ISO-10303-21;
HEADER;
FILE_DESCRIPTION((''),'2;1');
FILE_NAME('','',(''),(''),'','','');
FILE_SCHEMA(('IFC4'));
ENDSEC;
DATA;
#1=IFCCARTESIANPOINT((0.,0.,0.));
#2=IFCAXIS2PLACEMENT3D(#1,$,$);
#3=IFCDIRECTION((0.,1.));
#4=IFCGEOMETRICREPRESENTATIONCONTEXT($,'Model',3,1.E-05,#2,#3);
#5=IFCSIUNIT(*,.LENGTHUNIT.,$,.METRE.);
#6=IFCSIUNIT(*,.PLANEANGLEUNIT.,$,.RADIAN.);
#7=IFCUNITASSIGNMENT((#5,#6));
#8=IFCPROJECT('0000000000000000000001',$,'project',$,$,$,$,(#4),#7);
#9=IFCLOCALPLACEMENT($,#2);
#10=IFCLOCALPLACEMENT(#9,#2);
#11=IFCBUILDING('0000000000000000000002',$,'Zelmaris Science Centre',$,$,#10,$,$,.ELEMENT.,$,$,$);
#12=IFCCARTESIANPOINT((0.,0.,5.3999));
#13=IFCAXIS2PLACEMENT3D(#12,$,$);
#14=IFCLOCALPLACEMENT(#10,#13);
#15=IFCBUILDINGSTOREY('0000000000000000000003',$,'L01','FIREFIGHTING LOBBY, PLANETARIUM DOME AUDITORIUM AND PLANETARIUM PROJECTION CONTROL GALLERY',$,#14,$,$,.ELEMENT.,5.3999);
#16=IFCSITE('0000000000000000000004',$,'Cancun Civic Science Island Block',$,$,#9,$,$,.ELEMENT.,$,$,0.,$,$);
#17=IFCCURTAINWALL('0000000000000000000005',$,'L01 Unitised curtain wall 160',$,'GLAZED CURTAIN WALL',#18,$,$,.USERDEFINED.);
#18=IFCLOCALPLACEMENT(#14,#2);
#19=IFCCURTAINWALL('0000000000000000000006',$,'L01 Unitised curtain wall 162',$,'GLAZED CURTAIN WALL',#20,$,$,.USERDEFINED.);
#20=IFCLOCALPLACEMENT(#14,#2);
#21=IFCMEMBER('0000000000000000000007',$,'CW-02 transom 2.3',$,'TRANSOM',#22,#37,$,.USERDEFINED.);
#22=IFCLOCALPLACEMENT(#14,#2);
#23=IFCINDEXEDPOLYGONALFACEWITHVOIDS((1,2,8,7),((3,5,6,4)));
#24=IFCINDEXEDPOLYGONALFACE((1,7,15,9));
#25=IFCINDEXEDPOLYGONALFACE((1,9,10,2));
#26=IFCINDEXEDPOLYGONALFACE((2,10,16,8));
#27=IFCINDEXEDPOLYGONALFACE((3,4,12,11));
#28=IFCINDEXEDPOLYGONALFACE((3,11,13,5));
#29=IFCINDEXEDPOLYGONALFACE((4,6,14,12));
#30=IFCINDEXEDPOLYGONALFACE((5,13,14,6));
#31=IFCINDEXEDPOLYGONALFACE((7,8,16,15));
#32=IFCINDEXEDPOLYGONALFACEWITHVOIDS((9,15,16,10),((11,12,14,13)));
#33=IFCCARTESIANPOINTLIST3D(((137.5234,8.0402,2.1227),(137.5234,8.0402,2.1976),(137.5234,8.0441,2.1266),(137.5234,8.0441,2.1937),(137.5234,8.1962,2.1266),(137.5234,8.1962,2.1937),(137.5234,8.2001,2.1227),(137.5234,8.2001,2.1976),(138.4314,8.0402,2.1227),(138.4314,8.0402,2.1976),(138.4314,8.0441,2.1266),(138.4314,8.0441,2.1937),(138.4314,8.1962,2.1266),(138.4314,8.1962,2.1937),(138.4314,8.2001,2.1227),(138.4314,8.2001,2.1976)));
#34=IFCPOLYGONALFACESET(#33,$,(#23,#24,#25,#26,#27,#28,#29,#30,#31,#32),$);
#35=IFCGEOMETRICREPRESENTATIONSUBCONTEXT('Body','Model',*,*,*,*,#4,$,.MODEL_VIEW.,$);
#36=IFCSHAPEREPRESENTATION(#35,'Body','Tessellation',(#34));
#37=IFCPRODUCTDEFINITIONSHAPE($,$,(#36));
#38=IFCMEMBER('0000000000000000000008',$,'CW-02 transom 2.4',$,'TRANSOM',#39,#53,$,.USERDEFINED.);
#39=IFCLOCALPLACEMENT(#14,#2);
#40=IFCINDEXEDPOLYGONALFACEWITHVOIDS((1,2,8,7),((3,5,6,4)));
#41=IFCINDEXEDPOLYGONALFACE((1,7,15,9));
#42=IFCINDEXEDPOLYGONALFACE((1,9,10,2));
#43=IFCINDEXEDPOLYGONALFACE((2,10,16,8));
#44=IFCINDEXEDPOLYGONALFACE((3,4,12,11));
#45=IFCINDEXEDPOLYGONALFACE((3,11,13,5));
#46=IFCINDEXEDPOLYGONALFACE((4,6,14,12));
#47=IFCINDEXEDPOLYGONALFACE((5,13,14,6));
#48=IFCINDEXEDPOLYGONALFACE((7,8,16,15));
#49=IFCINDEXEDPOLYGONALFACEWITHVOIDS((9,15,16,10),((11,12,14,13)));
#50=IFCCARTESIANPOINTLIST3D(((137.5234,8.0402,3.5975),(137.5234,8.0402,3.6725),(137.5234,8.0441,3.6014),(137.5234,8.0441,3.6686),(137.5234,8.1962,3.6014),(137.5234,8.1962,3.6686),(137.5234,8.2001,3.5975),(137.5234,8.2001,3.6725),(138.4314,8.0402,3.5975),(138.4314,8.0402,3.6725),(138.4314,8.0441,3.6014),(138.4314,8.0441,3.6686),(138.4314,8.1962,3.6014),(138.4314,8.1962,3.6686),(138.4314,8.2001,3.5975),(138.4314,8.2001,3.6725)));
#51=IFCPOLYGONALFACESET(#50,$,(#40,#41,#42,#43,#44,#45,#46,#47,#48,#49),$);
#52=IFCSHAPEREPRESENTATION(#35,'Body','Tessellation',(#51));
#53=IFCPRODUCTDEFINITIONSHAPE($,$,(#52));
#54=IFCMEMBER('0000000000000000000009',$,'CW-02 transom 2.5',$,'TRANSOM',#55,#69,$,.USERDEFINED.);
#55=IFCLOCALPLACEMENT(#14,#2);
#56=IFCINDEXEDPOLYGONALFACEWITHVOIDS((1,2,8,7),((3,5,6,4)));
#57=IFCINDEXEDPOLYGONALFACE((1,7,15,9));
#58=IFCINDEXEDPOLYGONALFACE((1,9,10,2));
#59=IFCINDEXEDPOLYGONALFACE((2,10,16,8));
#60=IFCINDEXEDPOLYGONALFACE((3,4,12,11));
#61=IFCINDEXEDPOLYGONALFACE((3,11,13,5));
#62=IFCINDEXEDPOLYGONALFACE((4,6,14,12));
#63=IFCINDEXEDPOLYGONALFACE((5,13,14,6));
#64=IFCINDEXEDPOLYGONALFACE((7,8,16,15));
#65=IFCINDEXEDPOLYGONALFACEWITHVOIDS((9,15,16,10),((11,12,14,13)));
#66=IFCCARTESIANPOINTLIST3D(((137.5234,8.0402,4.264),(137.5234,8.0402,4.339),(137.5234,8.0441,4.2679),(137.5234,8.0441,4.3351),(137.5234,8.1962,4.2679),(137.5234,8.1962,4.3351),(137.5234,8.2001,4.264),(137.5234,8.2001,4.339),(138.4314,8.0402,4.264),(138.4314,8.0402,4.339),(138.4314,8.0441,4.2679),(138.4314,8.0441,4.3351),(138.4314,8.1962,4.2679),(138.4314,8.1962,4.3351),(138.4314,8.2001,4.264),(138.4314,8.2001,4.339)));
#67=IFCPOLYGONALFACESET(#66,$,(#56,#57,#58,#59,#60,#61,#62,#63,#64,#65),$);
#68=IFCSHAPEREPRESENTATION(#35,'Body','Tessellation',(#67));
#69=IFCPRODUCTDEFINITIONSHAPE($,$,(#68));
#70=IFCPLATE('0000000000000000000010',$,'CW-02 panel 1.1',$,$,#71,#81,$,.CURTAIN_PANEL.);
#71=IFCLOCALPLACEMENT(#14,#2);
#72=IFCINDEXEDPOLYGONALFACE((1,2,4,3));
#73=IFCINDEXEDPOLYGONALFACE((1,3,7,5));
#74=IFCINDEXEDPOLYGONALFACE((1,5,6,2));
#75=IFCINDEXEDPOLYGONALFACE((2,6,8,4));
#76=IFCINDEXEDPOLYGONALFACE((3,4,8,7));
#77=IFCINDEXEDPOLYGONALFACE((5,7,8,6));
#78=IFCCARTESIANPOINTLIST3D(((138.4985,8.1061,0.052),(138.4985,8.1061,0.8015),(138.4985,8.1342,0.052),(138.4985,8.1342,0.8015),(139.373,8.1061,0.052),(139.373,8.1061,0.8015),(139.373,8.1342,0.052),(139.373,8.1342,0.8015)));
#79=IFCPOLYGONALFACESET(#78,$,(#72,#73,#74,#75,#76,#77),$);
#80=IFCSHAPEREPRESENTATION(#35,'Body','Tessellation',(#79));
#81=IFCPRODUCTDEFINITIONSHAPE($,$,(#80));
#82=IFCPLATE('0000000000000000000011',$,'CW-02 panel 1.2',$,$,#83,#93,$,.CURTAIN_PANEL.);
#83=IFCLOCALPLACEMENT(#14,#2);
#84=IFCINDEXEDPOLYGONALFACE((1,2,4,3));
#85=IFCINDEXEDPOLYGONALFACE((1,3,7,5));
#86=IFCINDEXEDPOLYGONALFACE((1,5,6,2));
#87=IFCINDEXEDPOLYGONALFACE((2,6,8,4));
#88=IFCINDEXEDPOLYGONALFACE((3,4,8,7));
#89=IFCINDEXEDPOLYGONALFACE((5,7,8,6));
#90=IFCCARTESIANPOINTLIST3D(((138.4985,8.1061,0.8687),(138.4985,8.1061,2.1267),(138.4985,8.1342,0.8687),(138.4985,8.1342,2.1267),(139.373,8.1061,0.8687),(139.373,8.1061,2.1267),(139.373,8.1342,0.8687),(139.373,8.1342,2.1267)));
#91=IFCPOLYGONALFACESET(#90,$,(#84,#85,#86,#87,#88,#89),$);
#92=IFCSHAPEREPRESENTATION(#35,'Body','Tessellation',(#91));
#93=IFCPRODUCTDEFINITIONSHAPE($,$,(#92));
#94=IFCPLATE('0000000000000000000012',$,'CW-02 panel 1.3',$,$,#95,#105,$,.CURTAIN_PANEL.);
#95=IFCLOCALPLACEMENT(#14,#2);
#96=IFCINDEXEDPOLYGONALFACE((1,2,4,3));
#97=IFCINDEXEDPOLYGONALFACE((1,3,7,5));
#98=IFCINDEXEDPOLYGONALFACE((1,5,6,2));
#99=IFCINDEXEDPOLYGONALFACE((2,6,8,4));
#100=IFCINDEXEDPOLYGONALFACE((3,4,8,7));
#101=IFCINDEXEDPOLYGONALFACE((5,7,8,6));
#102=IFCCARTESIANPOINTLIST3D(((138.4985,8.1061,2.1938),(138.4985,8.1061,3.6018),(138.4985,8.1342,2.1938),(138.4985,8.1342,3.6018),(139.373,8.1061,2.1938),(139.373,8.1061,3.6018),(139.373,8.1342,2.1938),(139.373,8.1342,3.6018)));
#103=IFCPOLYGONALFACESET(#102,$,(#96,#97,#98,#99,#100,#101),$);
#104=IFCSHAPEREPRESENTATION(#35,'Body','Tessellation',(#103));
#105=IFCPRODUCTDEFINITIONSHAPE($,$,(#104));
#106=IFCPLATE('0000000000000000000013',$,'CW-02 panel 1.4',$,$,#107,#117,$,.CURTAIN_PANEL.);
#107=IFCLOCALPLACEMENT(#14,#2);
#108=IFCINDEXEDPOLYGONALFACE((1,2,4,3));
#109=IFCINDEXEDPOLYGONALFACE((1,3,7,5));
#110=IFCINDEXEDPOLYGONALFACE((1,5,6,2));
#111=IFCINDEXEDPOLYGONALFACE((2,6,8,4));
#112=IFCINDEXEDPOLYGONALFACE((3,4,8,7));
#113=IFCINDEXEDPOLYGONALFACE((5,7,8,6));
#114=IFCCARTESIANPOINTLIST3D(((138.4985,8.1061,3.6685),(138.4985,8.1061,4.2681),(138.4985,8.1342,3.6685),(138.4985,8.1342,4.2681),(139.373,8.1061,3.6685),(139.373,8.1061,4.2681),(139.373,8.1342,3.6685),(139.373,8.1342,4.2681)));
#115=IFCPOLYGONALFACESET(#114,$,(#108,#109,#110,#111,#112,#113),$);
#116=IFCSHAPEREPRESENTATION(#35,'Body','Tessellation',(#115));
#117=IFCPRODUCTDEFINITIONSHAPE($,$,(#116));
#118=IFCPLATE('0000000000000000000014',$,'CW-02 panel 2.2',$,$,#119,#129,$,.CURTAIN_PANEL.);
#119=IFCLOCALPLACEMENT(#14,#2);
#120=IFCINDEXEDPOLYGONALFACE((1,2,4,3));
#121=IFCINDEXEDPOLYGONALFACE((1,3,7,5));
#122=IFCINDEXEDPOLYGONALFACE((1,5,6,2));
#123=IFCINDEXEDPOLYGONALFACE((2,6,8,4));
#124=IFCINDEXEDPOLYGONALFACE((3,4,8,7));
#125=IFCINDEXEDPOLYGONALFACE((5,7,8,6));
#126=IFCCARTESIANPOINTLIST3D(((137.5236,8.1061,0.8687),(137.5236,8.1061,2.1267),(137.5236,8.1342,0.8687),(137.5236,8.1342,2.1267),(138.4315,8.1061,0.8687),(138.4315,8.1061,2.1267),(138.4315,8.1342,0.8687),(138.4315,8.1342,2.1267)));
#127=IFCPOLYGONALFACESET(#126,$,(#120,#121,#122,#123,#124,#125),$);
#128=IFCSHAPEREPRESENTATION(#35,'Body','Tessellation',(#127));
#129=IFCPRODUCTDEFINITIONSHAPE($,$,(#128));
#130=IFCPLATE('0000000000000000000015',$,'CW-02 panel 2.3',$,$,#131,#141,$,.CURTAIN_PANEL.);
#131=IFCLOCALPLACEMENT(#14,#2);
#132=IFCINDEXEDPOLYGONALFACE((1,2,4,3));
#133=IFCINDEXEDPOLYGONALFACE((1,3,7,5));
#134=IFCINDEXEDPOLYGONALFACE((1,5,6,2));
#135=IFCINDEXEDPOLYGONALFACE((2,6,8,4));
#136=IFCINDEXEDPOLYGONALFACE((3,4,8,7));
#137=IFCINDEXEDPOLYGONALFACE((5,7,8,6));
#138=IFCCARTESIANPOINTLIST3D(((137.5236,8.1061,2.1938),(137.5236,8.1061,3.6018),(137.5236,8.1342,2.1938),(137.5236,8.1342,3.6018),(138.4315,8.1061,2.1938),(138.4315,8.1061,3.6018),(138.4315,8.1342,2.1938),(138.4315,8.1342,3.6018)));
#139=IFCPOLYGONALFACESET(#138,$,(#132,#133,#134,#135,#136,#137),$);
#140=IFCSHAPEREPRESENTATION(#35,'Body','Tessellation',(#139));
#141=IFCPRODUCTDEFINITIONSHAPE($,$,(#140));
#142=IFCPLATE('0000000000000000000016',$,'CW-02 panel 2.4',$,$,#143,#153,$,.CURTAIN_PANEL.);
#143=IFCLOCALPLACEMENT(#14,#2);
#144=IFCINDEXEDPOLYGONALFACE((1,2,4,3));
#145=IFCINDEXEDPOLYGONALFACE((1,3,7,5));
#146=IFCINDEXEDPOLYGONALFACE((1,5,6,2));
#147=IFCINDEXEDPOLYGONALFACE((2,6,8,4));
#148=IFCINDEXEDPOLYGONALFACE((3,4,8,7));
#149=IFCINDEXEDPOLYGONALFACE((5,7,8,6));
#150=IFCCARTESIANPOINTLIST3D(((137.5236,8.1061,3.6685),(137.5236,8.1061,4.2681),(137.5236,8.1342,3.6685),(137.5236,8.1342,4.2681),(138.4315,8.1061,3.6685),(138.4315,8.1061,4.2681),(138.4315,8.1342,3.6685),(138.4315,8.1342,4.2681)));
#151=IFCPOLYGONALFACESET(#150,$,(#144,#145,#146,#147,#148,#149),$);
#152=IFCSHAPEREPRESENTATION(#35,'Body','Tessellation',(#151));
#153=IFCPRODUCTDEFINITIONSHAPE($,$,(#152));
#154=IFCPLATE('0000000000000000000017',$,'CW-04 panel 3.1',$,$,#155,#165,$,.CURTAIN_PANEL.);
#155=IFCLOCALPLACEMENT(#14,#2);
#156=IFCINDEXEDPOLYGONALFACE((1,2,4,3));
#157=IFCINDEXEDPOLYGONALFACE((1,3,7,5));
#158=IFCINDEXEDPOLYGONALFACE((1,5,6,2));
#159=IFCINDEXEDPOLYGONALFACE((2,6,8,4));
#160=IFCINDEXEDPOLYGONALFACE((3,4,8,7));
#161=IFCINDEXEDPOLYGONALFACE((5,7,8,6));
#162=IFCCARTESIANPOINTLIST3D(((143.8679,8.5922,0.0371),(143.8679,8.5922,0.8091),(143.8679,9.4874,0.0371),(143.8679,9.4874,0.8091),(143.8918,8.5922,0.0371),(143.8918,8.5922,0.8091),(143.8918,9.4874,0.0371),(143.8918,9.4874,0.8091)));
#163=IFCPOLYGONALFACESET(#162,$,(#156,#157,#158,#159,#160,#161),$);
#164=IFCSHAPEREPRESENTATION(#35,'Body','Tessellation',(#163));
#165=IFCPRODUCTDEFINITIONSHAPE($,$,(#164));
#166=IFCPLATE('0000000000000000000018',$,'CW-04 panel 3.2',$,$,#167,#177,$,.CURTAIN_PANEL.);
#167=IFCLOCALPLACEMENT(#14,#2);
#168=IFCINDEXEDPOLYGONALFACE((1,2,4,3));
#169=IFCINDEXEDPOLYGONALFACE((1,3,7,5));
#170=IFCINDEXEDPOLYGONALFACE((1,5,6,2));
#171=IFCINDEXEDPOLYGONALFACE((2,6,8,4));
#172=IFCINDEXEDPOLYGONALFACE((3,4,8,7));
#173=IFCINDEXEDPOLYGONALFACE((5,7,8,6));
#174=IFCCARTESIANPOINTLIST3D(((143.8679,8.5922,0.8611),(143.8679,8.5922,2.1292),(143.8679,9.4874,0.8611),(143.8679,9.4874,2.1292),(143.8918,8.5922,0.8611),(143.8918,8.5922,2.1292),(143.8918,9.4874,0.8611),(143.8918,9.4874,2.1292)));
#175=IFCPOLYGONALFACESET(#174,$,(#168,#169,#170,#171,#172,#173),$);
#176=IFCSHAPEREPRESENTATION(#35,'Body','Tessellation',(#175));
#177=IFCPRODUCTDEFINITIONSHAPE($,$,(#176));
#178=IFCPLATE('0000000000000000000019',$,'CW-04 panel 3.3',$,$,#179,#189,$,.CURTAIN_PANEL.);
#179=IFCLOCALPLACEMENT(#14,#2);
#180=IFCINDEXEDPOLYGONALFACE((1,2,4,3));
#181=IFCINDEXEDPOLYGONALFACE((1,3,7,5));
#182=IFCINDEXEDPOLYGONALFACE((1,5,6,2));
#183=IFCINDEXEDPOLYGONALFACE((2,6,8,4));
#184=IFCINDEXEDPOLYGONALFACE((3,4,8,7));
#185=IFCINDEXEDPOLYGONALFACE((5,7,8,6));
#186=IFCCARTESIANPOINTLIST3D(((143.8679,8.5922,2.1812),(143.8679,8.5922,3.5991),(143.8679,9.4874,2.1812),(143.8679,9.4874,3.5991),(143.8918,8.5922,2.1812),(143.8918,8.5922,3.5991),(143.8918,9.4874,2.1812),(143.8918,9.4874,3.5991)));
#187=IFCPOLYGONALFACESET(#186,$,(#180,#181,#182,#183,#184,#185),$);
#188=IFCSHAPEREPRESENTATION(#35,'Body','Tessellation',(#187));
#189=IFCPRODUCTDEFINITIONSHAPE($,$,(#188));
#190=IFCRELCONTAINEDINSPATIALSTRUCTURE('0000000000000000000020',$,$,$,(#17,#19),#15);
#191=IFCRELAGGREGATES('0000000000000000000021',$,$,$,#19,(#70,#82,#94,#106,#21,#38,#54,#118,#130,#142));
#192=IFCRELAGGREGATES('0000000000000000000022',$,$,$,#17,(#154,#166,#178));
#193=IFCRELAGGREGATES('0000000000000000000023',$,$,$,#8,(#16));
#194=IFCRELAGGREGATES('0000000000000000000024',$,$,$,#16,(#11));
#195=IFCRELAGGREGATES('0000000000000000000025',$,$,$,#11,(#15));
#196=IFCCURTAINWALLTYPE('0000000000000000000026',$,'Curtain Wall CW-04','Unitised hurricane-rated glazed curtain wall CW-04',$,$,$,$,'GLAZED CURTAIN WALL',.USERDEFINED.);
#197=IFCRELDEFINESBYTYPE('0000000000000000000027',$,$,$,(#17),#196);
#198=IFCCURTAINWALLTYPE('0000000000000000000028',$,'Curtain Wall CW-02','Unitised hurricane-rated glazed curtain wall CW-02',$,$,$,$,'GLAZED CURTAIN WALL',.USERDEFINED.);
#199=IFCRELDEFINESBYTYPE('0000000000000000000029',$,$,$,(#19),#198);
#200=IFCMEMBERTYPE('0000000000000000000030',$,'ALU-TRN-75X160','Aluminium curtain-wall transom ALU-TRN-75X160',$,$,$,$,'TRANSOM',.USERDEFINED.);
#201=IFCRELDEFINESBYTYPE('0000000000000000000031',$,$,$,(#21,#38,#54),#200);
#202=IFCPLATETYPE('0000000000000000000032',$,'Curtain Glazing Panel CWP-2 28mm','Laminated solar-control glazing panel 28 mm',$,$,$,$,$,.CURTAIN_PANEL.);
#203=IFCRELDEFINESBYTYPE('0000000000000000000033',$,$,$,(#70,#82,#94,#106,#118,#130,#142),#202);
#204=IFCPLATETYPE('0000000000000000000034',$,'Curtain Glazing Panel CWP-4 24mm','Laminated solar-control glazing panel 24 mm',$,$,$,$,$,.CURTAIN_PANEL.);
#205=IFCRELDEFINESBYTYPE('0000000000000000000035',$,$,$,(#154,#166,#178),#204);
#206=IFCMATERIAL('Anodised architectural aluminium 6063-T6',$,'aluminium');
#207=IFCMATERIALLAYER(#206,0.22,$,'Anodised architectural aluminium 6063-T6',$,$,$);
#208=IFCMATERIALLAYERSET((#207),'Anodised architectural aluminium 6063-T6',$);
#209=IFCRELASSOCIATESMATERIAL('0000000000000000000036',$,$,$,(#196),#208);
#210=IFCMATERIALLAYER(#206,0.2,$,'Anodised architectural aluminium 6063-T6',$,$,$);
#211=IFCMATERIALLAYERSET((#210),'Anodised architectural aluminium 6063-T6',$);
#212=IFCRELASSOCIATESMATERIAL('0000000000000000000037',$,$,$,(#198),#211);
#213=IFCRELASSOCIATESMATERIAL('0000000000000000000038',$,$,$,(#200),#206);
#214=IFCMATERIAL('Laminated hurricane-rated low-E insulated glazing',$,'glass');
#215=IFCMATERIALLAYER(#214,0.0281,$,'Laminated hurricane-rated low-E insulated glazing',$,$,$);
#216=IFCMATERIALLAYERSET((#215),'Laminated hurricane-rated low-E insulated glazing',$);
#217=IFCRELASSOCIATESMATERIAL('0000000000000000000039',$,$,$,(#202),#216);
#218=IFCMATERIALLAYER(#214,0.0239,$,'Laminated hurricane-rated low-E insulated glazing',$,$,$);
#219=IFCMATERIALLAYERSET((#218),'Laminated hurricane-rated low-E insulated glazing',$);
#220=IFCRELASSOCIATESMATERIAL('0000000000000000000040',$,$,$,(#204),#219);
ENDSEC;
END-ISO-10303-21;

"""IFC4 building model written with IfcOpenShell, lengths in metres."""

from ifc_helpers import new_model, si_unit, direction, frame, origin, origin_2d, place, context, subcontext, project, spatial, rectangle, hollow_rectangle, extrude, material, layer, layer_set, material_profile, profile_set, type_object, element, aggregate, save


model = new_model("IFC4")

# Units and contexts
model_context = context("Model", 3, precision=1e-05, world=origin(), true_north=direction((0.0, 1.0)))
body_context = subcontext(model_context, "Body", "Model", "MODEL_VIEW")
ifc_project = project(units=[si_unit("LENGTHUNIT", "METRE"), si_unit("PLANEANGLEUNIT", "RADIAN")], contexts=[model_context])

# Site, building, storey
site_placement = place(None, origin())
site = spatial("IfcSite", under=ifc_project, at=site_placement, Name="Cancun Civic Science Island Block", CompositionType="ELEMENT", RefElevation=0.0)
building_placement = place(site_placement, origin())
building = spatial("IfcBuilding", under=site, at=building_placement, Name="Zelmaris Science Centre", CompositionType="ELEMENT")
storey_placement = place(building_placement, frame((0.0, 0.0, 5.3999)))
storey = spatial("IfcBuildingStorey", under=building, at=storey_placement, Name="L01", Description="FIREFIGHTING LOBBY, PLANETARIUM DOME AUDITORIUM AND PLANETARIUM PROJECTION CONTROL GALLERY", CompositionType="ELEMENT", Elevation=5.3999)

# Curtain wall
ifc_material_1 = material(Name="Anodised architectural aluminium 6063-T6", Category="aluminium")
ifc_layer_1 = layer(ifc_material_1, 0.22, Name="Anodised architectural aluminium 6063-T6")
ifc_layer_set_1 = layer_set([ifc_layer_1], Name="Anodised architectural aluminium 6063-T6")
curtain_wall_type_1 = type_object("IfcCurtainWallType", Name="Curtain Wall CW-04", Description="Unitised hurricane-rated glazed curtain wall CW-04", ElementType="GLAZED CURTAIN WALL", PredefinedType="USERDEFINED", material=ifc_layer_set_1)
curtain_wall_1_placement = place(storey_placement, origin())
curtain_wall_1 = element("IfcCurtainWall", 1, at=curtain_wall_1_placement, inside=storey, type_object=curtain_wall_type_1, Name="L01 Unitised curtain wall 160", ObjectType="GLAZED CURTAIN WALL", PredefinedType="USERDEFINED")

# Curtain wall, members, plates
ifc_layer_2 = layer(ifc_material_1, 0.2, Name="Anodised architectural aluminium 6063-T6")
ifc_layer_set_2 = layer_set([ifc_layer_2], Name="Anodised architectural aluminium 6063-T6")
curtain_wall_type_2 = type_object("IfcCurtainWallType", Name="Curtain Wall CW-02", Description="Unitised hurricane-rated glazed curtain wall CW-02", ElementType="GLAZED CURTAIN WALL", PredefinedType="USERDEFINED", material=ifc_layer_set_2)
curtain_wall_2_placement = place(storey_placement, origin())
curtain_wall_2 = element("IfcCurtainWall", 2, at=curtain_wall_2_placement, inside=storey, type_object=curtain_wall_type_2, Name="L01 Unitised curtain wall 162", ObjectType="GLAZED CURTAIN WALL", PredefinedType="USERDEFINED")
ifc_material_profile_1 = material_profile(ifc_material_1, hollow_rectangle(XDim=0.075, YDim=0.1599, WallThickness=0.0039, at=origin_2d()), Name="ALU-TRN-75X160")
ifc_profile_set_1 = profile_set([ifc_material_profile_1], Name="Anodised architectural aluminium 6063-T6")
member_type_1 = type_object("IfcMemberType", Name="ALU-TRN-75X160", Description="Aluminium curtain-wall transom ALU-TRN-75X160", ElementType="TRANSOM", PredefinedType="USERDEFINED", material=ifc_profile_set_1)
member_1_placement = place(storey_placement, frame((138.4314, 8.1201, 2.1602), z_axis=(-1.0, 0.0, 0.0), x_axis=(0.0, 0.0, 1.0)))
member_1 = element("IfcMember", 3, at=member_1_placement, type_object=member_type_1, Name="CW-02 transom 2.3", ObjectType="TRANSOM", PredefinedType="USERDEFINED", context=body_context, shape_type="SweptSolid", body=[
    extrude(hollow_rectangle(XDim=0.075, YDim=0.1599, WallThickness=0.0039, at=origin_2d()), origin(), (0.0, 0.0, 1.0), 0.908),
])
member_2_placement = place(storey_placement, frame((138.4314, 8.1201, 3.635), z_axis=(-1.0, 0.0, 0.0), x_axis=(0.0, 0.0, 1.0)))
member_2 = element("IfcMember", 4, at=member_2_placement, type_object=member_type_1, Name="CW-02 transom 2.4", ObjectType="TRANSOM", PredefinedType="USERDEFINED", context=body_context, shape_type="SweptSolid", body=[
    extrude(hollow_rectangle(XDim=0.075, YDim=0.1599, WallThickness=0.0039, at=origin_2d()), origin(), (0.0, 0.0, 1.0), 0.908),
])
member_3_placement = place(storey_placement, frame((138.4314, 8.1201, 4.3015), z_axis=(-1.0, 0.0, 0.0), x_axis=(0.0, 0.0, 1.0)))
member_3 = element("IfcMember", 5, at=member_3_placement, type_object=member_type_1, Name="CW-02 transom 2.5", ObjectType="TRANSOM", PredefinedType="USERDEFINED", context=body_context, shape_type="SweptSolid", body=[
    extrude(hollow_rectangle(XDim=0.075, YDim=0.1599, WallThickness=0.0039, at=origin_2d()), origin(), (0.0, 0.0, 1.0), 0.908),
])
ifc_material_2 = material(Name="Laminated hurricane-rated low-E insulated glazing", Category="glass")
ifc_layer_3 = layer(ifc_material_2, 0.0281, Name="Laminated hurricane-rated low-E insulated glazing")
ifc_layer_set_3 = layer_set([ifc_layer_3], Name="Laminated hurricane-rated low-E insulated glazing")
plate_type_1 = type_object("IfcPlateType", Name="Curtain Glazing Panel CWP-2 28mm", Description="Laminated solar-control glazing panel 28 mm", PredefinedType="CURTAIN_PANEL", material=ifc_layer_set_3)
plate_1_placement = place(storey_placement, frame((138.9358, 8.1201, 0.052), z_axis=(0.0, 0.0, 1.0), x_axis=(-1.0, 0.0, 0.0)))
plate_1 = element("IfcPlate", 6, at=plate_1_placement, type_object=plate_type_1, Name="CW-02 panel 1.1", PredefinedType="CURTAIN_PANEL", context=body_context, shape_type="SweptSolid", body=[
    extrude(rectangle(XDim=0.8745, YDim=0.0281, at=origin_2d()), origin(), (0.0, 0.0, 1.0), 0.7495),
])
plate_2_placement = place(storey_placement, frame((138.9358, 8.1201, 0.8687), z_axis=(0.0, 0.0, 1.0), x_axis=(-1.0, 0.0, 0.0)))
plate_2 = element("IfcPlate", 7, at=plate_2_placement, type_object=plate_type_1, Name="CW-02 panel 1.2", PredefinedType="CURTAIN_PANEL", context=body_context, shape_type="SweptSolid", body=[
    extrude(rectangle(XDim=0.8745, YDim=0.0281, at=origin_2d()), origin(), (0.0, 0.0, 1.0), 1.2581),
])
plate_3_placement = place(storey_placement, frame((138.9358, 8.1201, 2.1938), z_axis=(0.0, 0.0, 1.0), x_axis=(-1.0, 0.0, 0.0)))
plate_3 = element("IfcPlate", 8, at=plate_3_placement, type_object=plate_type_1, Name="CW-02 panel 1.3", PredefinedType="CURTAIN_PANEL", context=body_context, shape_type="SweptSolid", body=[
    extrude(rectangle(XDim=0.8745, YDim=0.0281, at=origin_2d()), origin(), (0.0, 0.0, 1.0), 1.408),
])
plate_4_placement = place(storey_placement, frame((138.9358, 8.1201, 3.6685), z_axis=(0.0, 0.0, 1.0), x_axis=(-1.0, 0.0, 0.0)))
plate_4 = element("IfcPlate", 9, at=plate_4_placement, type_object=plate_type_1, Name="CW-02 panel 1.4", PredefinedType="CURTAIN_PANEL", context=body_context, shape_type="SweptSolid", body=[
    extrude(rectangle(XDim=0.8745, YDim=0.0281, at=origin_2d()), origin(), (0.0, 0.0, 1.0), 0.5996),
])
plate_5_placement = place(storey_placement, frame((137.9775, 8.1201, 0.8687), z_axis=(0.0, 0.0, 1.0), x_axis=(-1.0, 0.0, 0.0)))
plate_5 = element("IfcPlate", 10, at=plate_5_placement, type_object=plate_type_1, Name="CW-02 panel 2.2", PredefinedType="CURTAIN_PANEL", context=body_context, shape_type="SweptSolid", body=[
    extrude(rectangle(XDim=0.908, YDim=0.0281, at=origin_2d()), origin(), (0.0, 0.0, 1.0), 1.2581),
])
plate_6_placement = place(storey_placement, frame((137.9775, 8.1201, 2.1938), z_axis=(0.0, 0.0, 1.0), x_axis=(-1.0, 0.0, 0.0)))
plate_6 = element("IfcPlate", 11, at=plate_6_placement, type_object=plate_type_1, Name="CW-02 panel 2.3", PredefinedType="CURTAIN_PANEL", context=body_context, shape_type="SweptSolid", body=[
    extrude(rectangle(XDim=0.908, YDim=0.0281, at=origin_2d()), origin(), (0.0, 0.0, 1.0), 1.408),
])
plate_7_placement = place(storey_placement, frame((137.9775, 8.1201, 3.6685), z_axis=(0.0, 0.0, 1.0), x_axis=(-1.0, 0.0, 0.0)))
plate_7 = element("IfcPlate", 12, at=plate_7_placement, type_object=plate_type_1, Name="CW-02 panel 2.4", PredefinedType="CURTAIN_PANEL", context=body_context, shape_type="SweptSolid", body=[
    extrude(rectangle(XDim=0.908, YDim=0.0281, at=origin_2d()), origin(), (0.0, 0.0, 1.0), 0.5996),
])
aggregate(curtain_wall_2, [plate_1, plate_2, plate_3, plate_4, member_1, member_2, member_3, plate_5, plate_6, plate_7])

# Plates
ifc_layer_4 = layer(ifc_material_2, 0.0239, Name="Laminated hurricane-rated low-E insulated glazing")
ifc_layer_set_4 = layer_set([ifc_layer_4], Name="Laminated hurricane-rated low-E insulated glazing")
plate_type_2 = type_object("IfcPlateType", Name="Curtain Glazing Panel CWP-4 24mm", Description="Laminated solar-control glazing panel 24 mm", PredefinedType="CURTAIN_PANEL", material=ifc_layer_set_4)
plate_8_placement = place(storey_placement, frame((143.8799, 9.0398, 0.0371), z_axis=(0.0, 0.0, 1.0), x_axis=(0.0, -1.0, 0.0)))
plate_8 = element("IfcPlate", 13, at=plate_8_placement, type_object=plate_type_2, Name="CW-04 panel 3.1", PredefinedType="CURTAIN_PANEL", context=body_context, shape_type="SweptSolid", body=[
    extrude(rectangle(XDim=0.8953, YDim=0.0239, at=origin_2d()), origin(), (0.0, 0.0, 1.0), 0.772),
])
plate_9_placement = place(storey_placement, frame((143.8799, 9.0398, 0.8611), z_axis=(0.0, 0.0, 1.0), x_axis=(0.0, -1.0, 0.0)))
plate_9 = element("IfcPlate", 14, at=plate_9_placement, type_object=plate_type_2, Name="CW-04 panel 3.2", PredefinedType="CURTAIN_PANEL", context=body_context, shape_type="SweptSolid", body=[
    extrude(rectangle(XDim=0.8953, YDim=0.0239, at=origin_2d()), origin(), (0.0, 0.0, 1.0), 1.2681),
])
plate_10_placement = place(storey_placement, frame((143.8799, 9.0398, 2.1812), z_axis=(0.0, 0.0, 1.0), x_axis=(0.0, -1.0, 0.0)))
plate_10 = element("IfcPlate", 15, at=plate_10_placement, type_object=plate_type_2, Name="CW-04 panel 3.3", PredefinedType="CURTAIN_PANEL", context=body_context, shape_type="SweptSolid", body=[
    extrude(rectangle(XDim=0.8953, YDim=0.0239, at=origin_2d()), origin(), (0.0, 0.0, 1.0), 1.418),
])
aggregate(curtain_wall_1, [plate_8, plate_9, plate_10])

save(model, "model.ifc")
